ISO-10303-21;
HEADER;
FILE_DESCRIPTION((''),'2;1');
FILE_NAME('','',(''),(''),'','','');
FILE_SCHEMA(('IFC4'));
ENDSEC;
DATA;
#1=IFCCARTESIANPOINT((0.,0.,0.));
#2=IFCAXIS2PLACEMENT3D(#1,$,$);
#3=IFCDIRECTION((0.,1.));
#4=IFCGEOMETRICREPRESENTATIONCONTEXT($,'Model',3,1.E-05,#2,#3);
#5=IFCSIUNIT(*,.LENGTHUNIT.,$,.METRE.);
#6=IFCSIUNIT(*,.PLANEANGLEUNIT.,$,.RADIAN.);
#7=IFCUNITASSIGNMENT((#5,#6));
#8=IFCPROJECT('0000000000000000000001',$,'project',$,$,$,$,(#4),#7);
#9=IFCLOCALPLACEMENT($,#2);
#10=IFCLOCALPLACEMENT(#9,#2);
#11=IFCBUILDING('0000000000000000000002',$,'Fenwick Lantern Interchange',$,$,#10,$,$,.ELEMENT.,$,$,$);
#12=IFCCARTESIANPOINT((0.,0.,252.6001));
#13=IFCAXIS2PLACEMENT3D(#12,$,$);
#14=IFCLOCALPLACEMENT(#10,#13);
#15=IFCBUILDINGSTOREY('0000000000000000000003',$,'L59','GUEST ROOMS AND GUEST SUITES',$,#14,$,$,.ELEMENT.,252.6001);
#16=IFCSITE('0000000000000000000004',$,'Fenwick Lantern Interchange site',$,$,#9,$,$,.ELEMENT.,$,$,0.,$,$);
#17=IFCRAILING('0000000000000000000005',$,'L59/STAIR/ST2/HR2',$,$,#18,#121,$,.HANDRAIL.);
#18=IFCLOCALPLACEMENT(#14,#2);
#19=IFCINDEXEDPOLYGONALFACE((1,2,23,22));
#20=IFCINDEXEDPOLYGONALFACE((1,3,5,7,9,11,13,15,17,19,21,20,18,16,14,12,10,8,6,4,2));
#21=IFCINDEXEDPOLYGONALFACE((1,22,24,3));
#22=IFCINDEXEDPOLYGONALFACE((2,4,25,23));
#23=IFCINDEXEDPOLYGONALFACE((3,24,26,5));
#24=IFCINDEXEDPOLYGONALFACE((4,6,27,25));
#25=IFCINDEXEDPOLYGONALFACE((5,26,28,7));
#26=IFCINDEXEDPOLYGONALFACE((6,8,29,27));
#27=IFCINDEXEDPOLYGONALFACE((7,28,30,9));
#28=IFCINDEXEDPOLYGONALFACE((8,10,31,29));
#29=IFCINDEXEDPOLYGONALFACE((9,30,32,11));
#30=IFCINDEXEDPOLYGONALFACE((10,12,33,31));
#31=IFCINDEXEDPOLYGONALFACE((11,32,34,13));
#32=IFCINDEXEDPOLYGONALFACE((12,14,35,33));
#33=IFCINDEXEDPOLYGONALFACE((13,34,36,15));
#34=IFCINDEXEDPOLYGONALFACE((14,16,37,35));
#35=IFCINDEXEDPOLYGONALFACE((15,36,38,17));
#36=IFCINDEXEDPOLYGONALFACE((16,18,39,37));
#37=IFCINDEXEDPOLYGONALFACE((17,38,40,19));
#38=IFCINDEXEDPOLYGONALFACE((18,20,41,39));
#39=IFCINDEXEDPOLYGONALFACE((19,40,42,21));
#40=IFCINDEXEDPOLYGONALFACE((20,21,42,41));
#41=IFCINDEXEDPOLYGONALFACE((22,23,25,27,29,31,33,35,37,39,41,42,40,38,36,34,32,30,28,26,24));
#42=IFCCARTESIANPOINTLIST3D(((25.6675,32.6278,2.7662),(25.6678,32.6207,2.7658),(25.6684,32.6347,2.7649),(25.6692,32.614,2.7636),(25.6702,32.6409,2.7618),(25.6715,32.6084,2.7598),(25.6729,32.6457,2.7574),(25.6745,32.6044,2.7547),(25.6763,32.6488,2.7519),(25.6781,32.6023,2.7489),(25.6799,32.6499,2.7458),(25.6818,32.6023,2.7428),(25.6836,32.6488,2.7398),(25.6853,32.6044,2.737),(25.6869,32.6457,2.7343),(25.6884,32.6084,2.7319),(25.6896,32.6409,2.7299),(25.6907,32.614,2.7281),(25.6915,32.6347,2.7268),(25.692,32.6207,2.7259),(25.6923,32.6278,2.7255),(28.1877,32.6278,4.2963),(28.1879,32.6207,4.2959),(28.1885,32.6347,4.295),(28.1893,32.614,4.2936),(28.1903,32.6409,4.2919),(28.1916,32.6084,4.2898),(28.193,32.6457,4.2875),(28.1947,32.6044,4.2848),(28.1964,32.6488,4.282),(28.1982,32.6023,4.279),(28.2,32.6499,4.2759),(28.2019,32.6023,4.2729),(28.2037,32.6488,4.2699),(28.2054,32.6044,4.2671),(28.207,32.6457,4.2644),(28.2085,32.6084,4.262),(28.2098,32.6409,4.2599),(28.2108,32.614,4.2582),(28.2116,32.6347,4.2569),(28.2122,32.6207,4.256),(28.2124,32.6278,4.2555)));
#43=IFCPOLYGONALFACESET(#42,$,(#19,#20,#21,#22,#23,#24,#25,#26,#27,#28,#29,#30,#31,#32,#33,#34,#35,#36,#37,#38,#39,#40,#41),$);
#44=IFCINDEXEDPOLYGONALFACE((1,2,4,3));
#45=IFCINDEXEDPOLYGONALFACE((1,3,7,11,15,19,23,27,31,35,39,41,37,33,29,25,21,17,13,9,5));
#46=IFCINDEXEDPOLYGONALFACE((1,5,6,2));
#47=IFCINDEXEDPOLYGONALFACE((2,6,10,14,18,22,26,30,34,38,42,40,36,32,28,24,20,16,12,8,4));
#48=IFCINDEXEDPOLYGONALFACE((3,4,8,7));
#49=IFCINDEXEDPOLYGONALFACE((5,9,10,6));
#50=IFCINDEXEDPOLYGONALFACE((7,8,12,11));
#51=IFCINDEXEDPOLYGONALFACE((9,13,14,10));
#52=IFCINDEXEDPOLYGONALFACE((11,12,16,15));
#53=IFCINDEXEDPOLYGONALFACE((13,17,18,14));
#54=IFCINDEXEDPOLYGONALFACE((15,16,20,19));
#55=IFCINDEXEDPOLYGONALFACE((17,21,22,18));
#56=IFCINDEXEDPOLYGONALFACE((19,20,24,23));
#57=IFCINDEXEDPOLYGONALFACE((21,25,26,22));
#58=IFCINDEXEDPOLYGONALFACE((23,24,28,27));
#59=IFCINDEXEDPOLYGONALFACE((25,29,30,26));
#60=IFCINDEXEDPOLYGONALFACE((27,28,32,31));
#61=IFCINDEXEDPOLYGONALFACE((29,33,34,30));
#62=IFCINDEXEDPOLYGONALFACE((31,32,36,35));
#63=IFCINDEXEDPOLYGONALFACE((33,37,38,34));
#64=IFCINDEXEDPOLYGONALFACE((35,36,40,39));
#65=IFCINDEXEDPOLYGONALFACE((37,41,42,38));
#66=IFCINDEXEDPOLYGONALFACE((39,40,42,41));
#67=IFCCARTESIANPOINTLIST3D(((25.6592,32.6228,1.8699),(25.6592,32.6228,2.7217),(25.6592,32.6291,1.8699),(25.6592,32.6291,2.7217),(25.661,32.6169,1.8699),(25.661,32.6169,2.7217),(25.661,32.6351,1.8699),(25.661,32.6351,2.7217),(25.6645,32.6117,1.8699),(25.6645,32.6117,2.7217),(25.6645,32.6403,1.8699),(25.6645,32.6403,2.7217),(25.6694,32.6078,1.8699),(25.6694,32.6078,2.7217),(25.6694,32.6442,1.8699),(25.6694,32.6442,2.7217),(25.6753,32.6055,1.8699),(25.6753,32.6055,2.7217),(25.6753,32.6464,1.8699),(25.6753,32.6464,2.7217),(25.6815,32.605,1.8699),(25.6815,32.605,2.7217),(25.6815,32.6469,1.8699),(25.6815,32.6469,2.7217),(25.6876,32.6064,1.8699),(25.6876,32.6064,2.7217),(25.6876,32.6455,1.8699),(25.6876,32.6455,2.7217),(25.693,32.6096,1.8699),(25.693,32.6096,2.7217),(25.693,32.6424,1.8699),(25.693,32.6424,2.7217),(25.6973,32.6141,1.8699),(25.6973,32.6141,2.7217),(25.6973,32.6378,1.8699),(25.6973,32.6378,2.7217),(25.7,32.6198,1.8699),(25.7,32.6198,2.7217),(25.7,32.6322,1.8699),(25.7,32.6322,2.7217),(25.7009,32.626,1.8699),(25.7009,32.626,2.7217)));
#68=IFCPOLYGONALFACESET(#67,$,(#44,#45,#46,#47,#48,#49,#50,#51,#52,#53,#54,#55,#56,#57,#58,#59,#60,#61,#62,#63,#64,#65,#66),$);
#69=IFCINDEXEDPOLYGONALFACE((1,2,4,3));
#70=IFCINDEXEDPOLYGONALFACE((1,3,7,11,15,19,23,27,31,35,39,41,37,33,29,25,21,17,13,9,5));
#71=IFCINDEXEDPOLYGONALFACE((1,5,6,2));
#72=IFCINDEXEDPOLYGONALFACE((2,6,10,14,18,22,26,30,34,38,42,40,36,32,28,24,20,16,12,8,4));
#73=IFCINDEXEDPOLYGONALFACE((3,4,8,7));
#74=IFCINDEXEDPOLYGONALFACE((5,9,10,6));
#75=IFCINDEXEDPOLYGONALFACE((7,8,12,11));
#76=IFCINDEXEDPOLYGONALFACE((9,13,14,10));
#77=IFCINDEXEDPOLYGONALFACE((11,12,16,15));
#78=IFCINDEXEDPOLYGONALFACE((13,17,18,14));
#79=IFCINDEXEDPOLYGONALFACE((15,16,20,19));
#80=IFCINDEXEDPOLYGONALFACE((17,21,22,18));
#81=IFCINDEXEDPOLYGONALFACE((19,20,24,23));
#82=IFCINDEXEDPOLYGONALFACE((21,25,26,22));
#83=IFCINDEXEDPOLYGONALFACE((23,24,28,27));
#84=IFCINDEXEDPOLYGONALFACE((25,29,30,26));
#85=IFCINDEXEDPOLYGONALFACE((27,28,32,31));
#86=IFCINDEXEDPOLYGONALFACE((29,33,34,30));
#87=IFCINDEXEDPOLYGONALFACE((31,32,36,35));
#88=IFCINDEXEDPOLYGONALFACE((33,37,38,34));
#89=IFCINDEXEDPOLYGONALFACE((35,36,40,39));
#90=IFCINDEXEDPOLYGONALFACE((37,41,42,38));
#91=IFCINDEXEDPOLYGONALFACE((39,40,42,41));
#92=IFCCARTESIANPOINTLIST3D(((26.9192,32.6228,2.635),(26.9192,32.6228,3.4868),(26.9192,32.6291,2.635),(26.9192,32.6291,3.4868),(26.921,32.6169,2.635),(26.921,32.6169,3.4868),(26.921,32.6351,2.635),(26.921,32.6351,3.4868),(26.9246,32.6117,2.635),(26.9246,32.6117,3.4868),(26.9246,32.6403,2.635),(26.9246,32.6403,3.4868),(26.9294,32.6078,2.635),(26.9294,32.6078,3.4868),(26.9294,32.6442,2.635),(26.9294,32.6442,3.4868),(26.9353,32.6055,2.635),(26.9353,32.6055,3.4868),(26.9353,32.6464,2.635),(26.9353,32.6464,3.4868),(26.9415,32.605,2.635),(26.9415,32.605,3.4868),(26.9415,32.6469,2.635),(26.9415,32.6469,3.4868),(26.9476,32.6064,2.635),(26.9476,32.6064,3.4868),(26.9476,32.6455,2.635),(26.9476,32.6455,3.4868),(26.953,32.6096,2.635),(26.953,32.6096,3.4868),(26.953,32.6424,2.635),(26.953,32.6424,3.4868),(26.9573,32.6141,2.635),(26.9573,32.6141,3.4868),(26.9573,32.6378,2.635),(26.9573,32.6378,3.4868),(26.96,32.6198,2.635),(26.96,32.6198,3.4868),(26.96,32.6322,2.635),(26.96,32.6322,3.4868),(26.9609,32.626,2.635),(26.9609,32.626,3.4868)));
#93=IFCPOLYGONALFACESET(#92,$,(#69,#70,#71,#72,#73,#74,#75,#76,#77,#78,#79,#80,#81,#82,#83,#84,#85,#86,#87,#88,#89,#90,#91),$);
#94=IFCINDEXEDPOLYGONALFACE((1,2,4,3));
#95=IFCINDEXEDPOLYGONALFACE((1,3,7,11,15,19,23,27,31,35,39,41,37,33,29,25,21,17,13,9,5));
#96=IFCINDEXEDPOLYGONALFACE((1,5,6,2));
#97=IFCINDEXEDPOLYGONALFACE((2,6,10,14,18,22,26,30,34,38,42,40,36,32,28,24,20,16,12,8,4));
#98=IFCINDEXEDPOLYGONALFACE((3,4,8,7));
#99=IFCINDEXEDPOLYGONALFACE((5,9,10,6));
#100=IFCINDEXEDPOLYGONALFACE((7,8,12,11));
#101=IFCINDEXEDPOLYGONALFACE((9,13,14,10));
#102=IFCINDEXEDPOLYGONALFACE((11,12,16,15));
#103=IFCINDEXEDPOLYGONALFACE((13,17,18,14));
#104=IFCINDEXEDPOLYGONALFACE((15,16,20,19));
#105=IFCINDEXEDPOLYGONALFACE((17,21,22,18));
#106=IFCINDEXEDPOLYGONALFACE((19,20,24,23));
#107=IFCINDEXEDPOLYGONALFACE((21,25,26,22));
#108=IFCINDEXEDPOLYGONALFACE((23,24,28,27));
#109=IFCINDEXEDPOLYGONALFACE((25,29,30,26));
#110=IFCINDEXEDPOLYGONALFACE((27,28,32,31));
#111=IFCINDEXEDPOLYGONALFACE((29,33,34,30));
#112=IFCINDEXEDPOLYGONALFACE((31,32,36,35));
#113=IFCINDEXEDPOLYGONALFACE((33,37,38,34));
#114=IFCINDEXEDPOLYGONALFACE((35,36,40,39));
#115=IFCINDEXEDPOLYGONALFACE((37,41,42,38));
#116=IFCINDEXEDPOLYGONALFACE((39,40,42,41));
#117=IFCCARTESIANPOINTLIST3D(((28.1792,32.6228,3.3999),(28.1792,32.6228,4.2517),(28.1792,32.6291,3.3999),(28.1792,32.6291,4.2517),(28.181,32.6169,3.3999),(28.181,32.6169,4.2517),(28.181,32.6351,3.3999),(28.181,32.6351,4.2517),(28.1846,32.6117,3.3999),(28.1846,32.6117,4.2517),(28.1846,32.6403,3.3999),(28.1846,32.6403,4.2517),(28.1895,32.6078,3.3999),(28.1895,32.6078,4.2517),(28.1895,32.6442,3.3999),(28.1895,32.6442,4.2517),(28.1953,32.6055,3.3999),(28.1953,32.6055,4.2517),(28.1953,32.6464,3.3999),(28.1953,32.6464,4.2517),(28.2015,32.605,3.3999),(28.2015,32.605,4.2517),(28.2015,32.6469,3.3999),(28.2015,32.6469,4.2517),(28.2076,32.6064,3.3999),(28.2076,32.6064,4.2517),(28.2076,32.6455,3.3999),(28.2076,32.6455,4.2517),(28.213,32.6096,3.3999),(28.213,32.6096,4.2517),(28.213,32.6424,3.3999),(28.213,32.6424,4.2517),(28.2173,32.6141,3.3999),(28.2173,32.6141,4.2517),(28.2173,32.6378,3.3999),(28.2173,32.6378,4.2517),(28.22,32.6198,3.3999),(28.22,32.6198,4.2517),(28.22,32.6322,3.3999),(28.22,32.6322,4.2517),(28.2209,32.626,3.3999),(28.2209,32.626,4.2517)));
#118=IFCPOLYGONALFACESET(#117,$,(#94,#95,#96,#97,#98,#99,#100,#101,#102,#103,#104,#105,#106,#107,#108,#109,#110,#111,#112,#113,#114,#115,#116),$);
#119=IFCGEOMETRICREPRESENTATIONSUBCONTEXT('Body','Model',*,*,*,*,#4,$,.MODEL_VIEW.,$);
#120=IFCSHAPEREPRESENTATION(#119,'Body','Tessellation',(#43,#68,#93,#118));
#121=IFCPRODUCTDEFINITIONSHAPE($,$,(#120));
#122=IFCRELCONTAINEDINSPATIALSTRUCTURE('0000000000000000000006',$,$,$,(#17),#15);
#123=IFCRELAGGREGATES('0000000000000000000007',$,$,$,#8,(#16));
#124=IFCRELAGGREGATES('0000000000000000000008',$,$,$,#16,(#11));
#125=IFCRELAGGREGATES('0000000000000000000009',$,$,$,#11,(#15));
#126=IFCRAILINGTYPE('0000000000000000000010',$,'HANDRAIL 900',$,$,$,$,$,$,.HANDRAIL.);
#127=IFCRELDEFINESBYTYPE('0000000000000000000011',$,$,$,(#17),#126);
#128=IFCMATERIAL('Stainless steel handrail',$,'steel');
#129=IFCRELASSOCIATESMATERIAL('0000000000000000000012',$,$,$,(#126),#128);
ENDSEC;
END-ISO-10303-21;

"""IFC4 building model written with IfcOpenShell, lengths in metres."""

from ifc_helpers import new_model, si_unit, direction, frame, origin, origin_2d, place, context, subcontext, project, spatial, circle, extrude, material, type_object, element, save


model = new_model("IFC4")

# Units and contexts
model_context = context("Model", 3, precision=1e-05, world=origin(), true_north=direction((0.0, 1.0)))
body_context = subcontext(model_context, "Body", "Model", "MODEL_VIEW")
ifc_project = project(units=[si_unit("LENGTHUNIT", "METRE"), si_unit("PLANEANGLEUNIT", "RADIAN")], contexts=[model_context])

# Site, building, storey
site_placement = place(None, origin())
site = spatial("IfcSite", under=ifc_project, at=site_placement, Name="Fenwick Lantern Interchange site", CompositionType="ELEMENT", RefElevation=0.0)
building_placement = place(site_placement, origin())
building = spatial("IfcBuilding", under=site, at=building_placement, Name="Fenwick Lantern Interchange", CompositionType="ELEMENT")
storey_placement = place(building_placement, frame((0.0, 0.0, 252.6001)))
storey = spatial("IfcBuildingStorey", under=building, at=storey_placement, Name="L59", Description="GUEST ROOMS AND GUEST SUITES", CompositionType="ELEMENT", Elevation=252.6001)

# Railing
ifc_material_1 = material(Name="Stainless steel handrail", Category="steel")
railing_type = type_object("IfcRailingType", Name="HANDRAIL 900", PredefinedType="HANDRAIL", material=ifc_material_1)
railing_1_placement = place(storey_placement, frame((25.6799, 32.626, 1.8699)))
element("IfcRailing", 1, at=railing_1_placement, inside=storey, type_object=railing_type, Name="L59/STAIR/ST2/HR2", PredefinedType="HANDRAIL", context=body_context, shape_type="SweptSolid", body=[
    extrude(circle(Radius=0.0239, at=origin_2d()), frame((0.0, 0.0, 0.876), z_axis=(0.854785, 0.0, 0.518982), x_axis=(0.0, 1.0, 0.0)), (0.0, 0.0, 1.0), 2.9482),
    extrude(circle(Radius=0.021, at=origin_2d()), origin(), (0.0, 0.0, 1.0), 0.8518),
    extrude(circle(Radius=0.021, at=origin_2d()), frame((1.26, 0.0, 0.7651)), (0.0, 0.0, 1.0), 0.8518),
    extrude(circle(Radius=0.021, at=origin_2d()), frame((2.52, 0.0, 1.53)), (0.0, 0.0, 1.0), 0.8518),
])

save(model, "model.ifc")
